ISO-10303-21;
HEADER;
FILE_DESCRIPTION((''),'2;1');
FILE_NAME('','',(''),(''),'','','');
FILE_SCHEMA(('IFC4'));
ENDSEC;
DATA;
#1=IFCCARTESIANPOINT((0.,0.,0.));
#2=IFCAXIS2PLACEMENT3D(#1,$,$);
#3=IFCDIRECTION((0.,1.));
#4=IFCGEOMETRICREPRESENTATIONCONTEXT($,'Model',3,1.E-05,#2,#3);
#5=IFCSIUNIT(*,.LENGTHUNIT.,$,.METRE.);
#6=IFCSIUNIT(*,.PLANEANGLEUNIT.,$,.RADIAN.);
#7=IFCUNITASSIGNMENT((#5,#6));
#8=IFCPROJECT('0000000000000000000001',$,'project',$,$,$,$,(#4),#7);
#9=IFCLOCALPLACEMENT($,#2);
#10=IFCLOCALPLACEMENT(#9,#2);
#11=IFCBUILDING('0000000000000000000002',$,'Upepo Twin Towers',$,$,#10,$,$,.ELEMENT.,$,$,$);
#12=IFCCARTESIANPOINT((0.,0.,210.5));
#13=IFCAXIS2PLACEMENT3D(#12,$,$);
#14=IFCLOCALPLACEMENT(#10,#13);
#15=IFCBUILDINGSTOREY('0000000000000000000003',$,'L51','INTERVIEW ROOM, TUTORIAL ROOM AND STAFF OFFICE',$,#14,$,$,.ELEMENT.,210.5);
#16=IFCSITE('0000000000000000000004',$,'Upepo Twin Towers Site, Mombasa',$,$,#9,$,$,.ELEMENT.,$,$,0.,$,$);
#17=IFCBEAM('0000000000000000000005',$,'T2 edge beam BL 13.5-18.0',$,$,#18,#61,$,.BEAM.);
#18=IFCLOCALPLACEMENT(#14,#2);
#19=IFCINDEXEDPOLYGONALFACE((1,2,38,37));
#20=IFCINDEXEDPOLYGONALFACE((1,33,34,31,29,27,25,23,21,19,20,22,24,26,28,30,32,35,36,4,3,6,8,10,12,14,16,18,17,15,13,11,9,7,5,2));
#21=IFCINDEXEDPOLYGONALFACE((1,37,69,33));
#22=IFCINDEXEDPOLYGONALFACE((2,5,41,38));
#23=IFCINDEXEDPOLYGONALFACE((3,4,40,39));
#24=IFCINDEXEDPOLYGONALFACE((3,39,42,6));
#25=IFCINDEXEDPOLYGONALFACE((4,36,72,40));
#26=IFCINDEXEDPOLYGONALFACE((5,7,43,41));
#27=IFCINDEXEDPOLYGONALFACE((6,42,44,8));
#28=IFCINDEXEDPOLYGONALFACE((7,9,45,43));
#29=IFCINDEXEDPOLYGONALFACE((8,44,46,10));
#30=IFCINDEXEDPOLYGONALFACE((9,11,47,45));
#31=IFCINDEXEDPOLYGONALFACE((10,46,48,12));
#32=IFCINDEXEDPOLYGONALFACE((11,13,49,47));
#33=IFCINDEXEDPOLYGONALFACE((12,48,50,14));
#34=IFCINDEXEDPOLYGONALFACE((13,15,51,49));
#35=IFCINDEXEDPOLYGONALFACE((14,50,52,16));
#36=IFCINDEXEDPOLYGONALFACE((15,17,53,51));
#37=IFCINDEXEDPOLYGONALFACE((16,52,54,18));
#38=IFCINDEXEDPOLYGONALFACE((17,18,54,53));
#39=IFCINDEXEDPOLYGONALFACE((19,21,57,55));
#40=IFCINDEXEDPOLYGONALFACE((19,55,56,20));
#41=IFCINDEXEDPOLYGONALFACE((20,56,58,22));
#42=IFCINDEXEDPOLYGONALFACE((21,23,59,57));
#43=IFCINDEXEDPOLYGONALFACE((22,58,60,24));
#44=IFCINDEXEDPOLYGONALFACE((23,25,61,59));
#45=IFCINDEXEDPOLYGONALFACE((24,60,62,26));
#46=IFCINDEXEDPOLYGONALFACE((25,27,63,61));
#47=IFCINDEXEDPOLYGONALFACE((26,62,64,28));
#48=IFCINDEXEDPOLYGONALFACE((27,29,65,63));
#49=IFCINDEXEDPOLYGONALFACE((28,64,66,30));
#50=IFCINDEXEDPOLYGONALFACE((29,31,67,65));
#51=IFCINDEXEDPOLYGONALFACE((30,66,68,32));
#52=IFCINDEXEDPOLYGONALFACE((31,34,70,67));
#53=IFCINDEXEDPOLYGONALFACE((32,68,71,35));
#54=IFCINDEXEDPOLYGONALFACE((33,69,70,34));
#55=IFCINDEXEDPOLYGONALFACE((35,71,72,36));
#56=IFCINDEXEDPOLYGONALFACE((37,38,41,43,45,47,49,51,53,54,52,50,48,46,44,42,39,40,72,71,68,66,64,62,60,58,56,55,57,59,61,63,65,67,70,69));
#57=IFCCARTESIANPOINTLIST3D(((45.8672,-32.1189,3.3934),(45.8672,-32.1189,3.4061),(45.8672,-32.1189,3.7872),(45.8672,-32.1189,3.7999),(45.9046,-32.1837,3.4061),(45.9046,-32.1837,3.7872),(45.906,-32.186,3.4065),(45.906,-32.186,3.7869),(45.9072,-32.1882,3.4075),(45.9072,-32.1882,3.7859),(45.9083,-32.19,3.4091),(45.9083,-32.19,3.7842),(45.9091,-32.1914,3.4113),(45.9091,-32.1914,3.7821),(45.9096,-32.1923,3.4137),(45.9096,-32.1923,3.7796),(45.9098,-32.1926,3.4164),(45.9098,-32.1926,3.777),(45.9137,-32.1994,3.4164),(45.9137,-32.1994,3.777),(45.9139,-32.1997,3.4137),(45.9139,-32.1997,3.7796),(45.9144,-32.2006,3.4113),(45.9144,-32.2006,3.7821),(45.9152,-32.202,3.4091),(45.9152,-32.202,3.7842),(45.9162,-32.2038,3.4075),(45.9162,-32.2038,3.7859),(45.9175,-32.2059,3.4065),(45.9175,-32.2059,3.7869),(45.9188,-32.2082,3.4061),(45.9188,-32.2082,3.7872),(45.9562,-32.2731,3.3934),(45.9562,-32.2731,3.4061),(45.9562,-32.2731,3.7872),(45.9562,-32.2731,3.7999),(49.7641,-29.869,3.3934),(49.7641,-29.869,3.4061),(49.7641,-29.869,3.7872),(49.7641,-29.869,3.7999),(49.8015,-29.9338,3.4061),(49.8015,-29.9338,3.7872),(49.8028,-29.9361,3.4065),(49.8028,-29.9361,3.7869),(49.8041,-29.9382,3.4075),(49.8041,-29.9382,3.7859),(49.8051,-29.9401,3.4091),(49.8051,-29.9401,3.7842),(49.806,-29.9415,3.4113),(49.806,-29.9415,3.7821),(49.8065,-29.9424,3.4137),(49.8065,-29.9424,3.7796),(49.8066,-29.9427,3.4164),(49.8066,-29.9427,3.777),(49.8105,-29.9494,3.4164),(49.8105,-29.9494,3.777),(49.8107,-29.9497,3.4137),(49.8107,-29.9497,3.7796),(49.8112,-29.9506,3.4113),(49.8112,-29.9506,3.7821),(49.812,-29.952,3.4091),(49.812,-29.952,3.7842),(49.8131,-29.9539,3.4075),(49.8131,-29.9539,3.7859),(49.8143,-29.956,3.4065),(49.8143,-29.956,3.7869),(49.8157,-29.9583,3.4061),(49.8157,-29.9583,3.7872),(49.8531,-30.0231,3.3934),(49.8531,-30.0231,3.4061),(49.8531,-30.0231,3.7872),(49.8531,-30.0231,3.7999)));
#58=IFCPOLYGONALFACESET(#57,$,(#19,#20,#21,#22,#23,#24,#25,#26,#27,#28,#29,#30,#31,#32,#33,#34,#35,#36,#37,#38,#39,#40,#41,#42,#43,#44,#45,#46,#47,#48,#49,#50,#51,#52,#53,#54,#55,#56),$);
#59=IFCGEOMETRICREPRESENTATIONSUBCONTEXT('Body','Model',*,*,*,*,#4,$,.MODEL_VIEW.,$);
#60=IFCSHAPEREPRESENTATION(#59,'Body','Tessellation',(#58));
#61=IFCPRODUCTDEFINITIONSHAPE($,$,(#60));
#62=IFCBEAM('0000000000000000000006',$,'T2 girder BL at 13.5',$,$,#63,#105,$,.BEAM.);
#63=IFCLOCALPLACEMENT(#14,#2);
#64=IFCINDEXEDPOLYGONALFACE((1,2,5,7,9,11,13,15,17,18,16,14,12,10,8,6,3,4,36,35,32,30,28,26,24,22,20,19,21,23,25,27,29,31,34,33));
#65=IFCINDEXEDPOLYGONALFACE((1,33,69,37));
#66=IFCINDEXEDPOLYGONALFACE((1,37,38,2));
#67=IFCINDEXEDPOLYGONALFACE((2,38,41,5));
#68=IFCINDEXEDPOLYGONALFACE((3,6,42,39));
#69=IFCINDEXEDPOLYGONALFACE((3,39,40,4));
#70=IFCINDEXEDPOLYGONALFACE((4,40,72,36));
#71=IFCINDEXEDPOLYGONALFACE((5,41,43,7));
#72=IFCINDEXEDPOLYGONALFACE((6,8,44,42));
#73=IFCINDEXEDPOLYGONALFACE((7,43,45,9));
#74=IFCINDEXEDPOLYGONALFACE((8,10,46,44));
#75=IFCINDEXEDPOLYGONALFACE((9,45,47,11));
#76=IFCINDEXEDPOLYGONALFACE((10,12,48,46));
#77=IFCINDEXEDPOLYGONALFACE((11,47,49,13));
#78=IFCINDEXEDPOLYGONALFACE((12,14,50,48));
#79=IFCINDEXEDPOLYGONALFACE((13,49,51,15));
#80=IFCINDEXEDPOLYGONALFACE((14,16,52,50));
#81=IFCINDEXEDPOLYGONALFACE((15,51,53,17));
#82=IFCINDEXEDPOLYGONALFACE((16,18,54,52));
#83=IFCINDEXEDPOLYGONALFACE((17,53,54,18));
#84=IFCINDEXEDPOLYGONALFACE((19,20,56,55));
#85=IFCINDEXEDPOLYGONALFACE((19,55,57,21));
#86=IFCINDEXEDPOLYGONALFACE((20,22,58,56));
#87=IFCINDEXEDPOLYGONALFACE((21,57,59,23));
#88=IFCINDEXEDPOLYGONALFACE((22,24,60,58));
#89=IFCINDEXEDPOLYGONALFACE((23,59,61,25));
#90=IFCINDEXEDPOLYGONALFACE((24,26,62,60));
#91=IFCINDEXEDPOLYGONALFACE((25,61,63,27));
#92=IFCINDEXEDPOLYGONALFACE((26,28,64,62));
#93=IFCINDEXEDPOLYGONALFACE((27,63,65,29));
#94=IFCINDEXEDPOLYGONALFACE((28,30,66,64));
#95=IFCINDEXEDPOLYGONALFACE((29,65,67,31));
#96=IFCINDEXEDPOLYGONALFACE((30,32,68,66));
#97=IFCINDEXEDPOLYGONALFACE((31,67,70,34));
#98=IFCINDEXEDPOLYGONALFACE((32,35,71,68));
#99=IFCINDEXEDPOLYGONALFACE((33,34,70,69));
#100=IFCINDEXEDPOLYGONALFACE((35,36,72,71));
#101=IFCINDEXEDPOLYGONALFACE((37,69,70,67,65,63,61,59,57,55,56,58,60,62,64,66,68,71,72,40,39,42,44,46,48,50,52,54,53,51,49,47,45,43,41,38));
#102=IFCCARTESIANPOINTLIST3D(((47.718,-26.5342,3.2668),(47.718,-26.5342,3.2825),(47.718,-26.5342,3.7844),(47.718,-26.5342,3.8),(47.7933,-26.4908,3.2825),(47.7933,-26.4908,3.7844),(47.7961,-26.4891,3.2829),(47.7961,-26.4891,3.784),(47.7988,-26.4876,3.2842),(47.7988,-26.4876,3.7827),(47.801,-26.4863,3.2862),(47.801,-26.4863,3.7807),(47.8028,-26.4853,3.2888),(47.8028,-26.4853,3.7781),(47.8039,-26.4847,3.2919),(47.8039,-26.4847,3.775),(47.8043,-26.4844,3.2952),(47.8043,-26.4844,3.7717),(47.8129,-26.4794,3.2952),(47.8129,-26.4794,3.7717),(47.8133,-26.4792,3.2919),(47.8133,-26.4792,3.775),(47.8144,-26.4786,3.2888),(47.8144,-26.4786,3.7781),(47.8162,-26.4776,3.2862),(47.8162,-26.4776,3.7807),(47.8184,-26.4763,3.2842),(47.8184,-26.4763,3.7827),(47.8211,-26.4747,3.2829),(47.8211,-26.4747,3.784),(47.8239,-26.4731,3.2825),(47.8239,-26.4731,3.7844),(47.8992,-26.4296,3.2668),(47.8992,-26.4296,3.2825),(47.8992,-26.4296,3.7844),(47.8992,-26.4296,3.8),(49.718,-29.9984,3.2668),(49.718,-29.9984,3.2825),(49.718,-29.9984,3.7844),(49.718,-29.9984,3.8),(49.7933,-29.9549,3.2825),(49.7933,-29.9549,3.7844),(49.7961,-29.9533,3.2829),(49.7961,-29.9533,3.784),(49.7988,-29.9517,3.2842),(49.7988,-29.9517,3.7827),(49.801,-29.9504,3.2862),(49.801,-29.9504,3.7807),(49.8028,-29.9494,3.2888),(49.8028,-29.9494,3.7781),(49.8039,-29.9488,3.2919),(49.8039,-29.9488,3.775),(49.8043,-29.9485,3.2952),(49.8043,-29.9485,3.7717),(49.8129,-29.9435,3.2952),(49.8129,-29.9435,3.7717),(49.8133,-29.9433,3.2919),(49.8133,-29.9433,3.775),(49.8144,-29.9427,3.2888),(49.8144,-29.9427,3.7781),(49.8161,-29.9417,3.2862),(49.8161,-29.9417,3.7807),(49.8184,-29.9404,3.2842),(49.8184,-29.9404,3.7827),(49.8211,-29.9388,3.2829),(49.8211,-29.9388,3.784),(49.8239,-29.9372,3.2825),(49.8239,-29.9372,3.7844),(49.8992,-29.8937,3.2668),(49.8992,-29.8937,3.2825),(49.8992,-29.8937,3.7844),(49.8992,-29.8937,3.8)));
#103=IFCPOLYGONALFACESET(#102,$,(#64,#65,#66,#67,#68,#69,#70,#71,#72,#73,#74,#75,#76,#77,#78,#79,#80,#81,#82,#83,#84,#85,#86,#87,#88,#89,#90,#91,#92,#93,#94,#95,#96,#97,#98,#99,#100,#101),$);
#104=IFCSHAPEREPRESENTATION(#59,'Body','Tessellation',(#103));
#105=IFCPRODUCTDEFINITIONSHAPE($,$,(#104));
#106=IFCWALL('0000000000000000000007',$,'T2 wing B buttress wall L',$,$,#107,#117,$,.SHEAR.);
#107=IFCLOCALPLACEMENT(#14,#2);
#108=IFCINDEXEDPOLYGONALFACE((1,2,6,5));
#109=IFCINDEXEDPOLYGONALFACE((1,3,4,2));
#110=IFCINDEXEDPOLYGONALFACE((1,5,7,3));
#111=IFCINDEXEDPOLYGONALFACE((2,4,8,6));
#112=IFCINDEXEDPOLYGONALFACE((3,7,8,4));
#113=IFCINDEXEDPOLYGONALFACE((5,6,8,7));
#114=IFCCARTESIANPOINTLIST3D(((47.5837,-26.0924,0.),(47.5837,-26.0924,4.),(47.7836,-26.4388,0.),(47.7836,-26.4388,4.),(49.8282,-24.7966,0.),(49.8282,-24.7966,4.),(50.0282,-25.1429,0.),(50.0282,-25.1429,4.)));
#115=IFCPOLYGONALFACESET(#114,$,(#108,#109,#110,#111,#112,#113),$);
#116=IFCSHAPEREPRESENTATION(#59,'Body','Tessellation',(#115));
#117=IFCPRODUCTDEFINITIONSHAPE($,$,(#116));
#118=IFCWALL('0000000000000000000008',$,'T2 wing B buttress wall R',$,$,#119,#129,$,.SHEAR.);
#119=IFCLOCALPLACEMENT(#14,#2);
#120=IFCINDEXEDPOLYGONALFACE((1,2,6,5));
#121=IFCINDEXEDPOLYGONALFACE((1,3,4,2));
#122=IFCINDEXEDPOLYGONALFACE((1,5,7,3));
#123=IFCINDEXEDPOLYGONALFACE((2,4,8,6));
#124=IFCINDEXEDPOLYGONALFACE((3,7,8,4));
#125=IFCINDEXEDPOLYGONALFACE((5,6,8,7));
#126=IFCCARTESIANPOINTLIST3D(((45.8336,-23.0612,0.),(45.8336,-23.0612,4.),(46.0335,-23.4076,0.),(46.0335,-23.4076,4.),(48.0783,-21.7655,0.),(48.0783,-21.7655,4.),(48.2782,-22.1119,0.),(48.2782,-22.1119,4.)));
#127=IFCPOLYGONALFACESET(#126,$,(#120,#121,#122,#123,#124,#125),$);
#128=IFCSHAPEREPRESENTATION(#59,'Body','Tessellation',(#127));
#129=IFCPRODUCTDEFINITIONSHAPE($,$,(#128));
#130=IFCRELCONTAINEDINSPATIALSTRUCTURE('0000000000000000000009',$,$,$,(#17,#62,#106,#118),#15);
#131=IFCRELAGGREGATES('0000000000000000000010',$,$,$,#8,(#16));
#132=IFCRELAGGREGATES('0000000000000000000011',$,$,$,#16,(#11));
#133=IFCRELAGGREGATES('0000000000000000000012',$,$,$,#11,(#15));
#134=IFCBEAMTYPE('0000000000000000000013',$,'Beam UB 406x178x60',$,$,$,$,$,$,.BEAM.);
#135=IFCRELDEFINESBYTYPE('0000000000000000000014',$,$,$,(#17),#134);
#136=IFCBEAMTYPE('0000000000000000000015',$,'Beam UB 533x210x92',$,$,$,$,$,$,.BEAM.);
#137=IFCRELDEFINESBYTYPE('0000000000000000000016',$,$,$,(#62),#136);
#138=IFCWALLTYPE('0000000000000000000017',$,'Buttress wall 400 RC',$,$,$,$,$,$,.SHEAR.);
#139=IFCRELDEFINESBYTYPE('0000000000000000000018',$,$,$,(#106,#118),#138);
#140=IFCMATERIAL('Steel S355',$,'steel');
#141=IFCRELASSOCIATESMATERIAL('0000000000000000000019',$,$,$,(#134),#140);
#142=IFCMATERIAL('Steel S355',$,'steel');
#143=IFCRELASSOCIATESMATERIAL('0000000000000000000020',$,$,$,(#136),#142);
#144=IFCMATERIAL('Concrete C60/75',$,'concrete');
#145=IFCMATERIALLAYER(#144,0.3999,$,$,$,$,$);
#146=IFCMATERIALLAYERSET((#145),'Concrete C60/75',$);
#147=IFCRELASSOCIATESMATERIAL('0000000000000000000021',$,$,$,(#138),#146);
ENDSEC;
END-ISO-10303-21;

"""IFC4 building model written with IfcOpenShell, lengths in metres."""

from ifc_helpers import new_model, si_unit, direction, frame, frame_2d, origin, origin_2d, place, context, subcontext, project, spatial, rectangle, i_section, extrude, material, layer, layer_set, material_profile, profile_set, type_object, element, save


model = new_model("IFC4")

# Units and contexts
model_context = context("Model", 3, precision=1e-05, world=origin(), true_north=direction((0.0, 1.0)))
body_context = subcontext(model_context, "Body", "Model", "MODEL_VIEW")
ifc_project = project(units=[si_unit("LENGTHUNIT", "METRE"), si_unit("PLANEANGLEUNIT", "RADIAN")], contexts=[model_context])

# Site, building, storey
site_placement = place(None, origin())
site = spatial("IfcSite", under=ifc_project, at=site_placement, Name="Upepo Twin Towers Site, Mombasa", CompositionType="ELEMENT", RefElevation=0.0)
building_placement = place(site_placement, origin())
building = spatial("IfcBuilding", under=site, at=building_placement, Name="Upepo Twin Towers", CompositionType="ELEMENT")
storey_placement = place(building_placement, frame((0.0, 0.0, 210.5)))
storey = spatial("IfcBuildingStorey", under=building, at=storey_placement, Name="L51", Description="INTERVIEW ROOM, TUTORIAL ROOM AND STAFF OFFICE", CompositionType="ELEMENT", Elevation=210.5)

# Beams
ifc_material_1 = material(Name="Steel S355", Category="steel")
ifc_material_profile_1 = material_profile(ifc_material_1, i_section(OverallWidth=0.178, OverallDepth=0.4065, WebThickness=0.0078, FlangeThickness=0.0127, FilletRadius=0.0103, at=origin_2d()), Name="UB 406x178x60")
ifc_profile_set_1 = profile_set([ifc_material_profile_1], Name="Steel S355")
beam_type_1 = type_object("IfcBeamType", Name="Beam UB 406x178x60", PredefinedType="BEAM", material=ifc_profile_set_1)
beam_1_placement = place(storey_placement, frame((49.8086, -29.946, 3.5967), z_axis=(-0.866018, -0.500014, 0.0), x_axis=(0.500014, -0.866018, 0.0)))
element("IfcBeam", 1, at=beam_1_placement, inside=storey, type_object=beam_type_1, Name="T2 edge beam BL 13.5-18.0", PredefinedType="BEAM", context=body_context, shape_type="SweptSolid", body=[
    extrude(i_section(OverallWidth=0.178, OverallDepth=0.4065, WebThickness=0.0078, FlangeThickness=0.0127, FilletRadius=0.0103, at=origin_2d()), origin(), (0.0, 0.0, 1.0), 4.4998),
])
ifc_material_2 = material(Name="Steel S355", Category="steel")
ifc_material_profile_2 = material_profile(ifc_material_2, i_section(OverallWidth=0.2092, OverallDepth=0.5332, WebThickness=0.01, FlangeThickness=0.0156, FilletRadius=0.0127, at=origin_2d()), Name="UB 533x210x92")
ifc_profile_set_2 = profile_set([ifc_material_profile_2], Name="Steel S355")
beam_type_2 = type_object("IfcBeamType", Name="Beam UB 533x210x92", PredefinedType="BEAM", material=ifc_profile_set_2)
beam_2_placement = place(storey_placement, frame((49.8086, -29.946, 3.5334), z_axis=(-0.499999, 0.866026, 0.0), x_axis=(-0.866026, -0.499999, 0.0)))
element("IfcBeam", 2, at=beam_2_placement, inside=storey, type_object=beam_type_2, Name="T2 girder BL at 13.5", PredefinedType="BEAM", context=body_context, shape_type="SweptSolid", body=[
    extrude(i_section(OverallWidth=0.2092, OverallDepth=0.5332, WebThickness=0.01, FlangeThickness=0.0156, FilletRadius=0.0127, at=origin_2d()), origin(), (0.0, 0.0, 1.0), 4.0),
])

# Walls
ifc_material_3 = material(Name="Concrete C60/75", Category="concrete")
ifc_layer_1 = layer(ifc_material_3, 0.3999)
ifc_layer_set_1 = layer_set([ifc_layer_1], Name="Concrete C60/75")
wall_type_1 = type_object("IfcWallType", Name="Buttress wall 400 RC", PredefinedType="SHEAR", material=ifc_layer_set_1)
for number, where, z_axis, x_axis, name in (
    (3, (49.9282, -24.9697, 0.0), (0.0, 0.0, 1.0), (-0.866032, -0.499989, 0.0), "T2 wing B buttress wall L"),
    (4, (48.1782, -21.9387, 0.0), (0.0, 0.0, 1.0), (-0.866073, -0.499918, 0.0), "T2 wing B buttress wall R"),
):
    element("IfcWall", number, at=place(storey_placement, frame(where, z_axis=z_axis, x_axis=x_axis)), inside=storey, type_object=wall_type_1, Name=name, PredefinedType="SHEAR", context=body_context, shape_type="SweptSolid", body=[
        extrude(rectangle(XDim=2.5918, YDim=0.3999, at=frame_2d((1.2959, 0.0))), origin(), (0.0, 0.0, 1.0), 4.0),
    ])

save(model, "model.ifc")
